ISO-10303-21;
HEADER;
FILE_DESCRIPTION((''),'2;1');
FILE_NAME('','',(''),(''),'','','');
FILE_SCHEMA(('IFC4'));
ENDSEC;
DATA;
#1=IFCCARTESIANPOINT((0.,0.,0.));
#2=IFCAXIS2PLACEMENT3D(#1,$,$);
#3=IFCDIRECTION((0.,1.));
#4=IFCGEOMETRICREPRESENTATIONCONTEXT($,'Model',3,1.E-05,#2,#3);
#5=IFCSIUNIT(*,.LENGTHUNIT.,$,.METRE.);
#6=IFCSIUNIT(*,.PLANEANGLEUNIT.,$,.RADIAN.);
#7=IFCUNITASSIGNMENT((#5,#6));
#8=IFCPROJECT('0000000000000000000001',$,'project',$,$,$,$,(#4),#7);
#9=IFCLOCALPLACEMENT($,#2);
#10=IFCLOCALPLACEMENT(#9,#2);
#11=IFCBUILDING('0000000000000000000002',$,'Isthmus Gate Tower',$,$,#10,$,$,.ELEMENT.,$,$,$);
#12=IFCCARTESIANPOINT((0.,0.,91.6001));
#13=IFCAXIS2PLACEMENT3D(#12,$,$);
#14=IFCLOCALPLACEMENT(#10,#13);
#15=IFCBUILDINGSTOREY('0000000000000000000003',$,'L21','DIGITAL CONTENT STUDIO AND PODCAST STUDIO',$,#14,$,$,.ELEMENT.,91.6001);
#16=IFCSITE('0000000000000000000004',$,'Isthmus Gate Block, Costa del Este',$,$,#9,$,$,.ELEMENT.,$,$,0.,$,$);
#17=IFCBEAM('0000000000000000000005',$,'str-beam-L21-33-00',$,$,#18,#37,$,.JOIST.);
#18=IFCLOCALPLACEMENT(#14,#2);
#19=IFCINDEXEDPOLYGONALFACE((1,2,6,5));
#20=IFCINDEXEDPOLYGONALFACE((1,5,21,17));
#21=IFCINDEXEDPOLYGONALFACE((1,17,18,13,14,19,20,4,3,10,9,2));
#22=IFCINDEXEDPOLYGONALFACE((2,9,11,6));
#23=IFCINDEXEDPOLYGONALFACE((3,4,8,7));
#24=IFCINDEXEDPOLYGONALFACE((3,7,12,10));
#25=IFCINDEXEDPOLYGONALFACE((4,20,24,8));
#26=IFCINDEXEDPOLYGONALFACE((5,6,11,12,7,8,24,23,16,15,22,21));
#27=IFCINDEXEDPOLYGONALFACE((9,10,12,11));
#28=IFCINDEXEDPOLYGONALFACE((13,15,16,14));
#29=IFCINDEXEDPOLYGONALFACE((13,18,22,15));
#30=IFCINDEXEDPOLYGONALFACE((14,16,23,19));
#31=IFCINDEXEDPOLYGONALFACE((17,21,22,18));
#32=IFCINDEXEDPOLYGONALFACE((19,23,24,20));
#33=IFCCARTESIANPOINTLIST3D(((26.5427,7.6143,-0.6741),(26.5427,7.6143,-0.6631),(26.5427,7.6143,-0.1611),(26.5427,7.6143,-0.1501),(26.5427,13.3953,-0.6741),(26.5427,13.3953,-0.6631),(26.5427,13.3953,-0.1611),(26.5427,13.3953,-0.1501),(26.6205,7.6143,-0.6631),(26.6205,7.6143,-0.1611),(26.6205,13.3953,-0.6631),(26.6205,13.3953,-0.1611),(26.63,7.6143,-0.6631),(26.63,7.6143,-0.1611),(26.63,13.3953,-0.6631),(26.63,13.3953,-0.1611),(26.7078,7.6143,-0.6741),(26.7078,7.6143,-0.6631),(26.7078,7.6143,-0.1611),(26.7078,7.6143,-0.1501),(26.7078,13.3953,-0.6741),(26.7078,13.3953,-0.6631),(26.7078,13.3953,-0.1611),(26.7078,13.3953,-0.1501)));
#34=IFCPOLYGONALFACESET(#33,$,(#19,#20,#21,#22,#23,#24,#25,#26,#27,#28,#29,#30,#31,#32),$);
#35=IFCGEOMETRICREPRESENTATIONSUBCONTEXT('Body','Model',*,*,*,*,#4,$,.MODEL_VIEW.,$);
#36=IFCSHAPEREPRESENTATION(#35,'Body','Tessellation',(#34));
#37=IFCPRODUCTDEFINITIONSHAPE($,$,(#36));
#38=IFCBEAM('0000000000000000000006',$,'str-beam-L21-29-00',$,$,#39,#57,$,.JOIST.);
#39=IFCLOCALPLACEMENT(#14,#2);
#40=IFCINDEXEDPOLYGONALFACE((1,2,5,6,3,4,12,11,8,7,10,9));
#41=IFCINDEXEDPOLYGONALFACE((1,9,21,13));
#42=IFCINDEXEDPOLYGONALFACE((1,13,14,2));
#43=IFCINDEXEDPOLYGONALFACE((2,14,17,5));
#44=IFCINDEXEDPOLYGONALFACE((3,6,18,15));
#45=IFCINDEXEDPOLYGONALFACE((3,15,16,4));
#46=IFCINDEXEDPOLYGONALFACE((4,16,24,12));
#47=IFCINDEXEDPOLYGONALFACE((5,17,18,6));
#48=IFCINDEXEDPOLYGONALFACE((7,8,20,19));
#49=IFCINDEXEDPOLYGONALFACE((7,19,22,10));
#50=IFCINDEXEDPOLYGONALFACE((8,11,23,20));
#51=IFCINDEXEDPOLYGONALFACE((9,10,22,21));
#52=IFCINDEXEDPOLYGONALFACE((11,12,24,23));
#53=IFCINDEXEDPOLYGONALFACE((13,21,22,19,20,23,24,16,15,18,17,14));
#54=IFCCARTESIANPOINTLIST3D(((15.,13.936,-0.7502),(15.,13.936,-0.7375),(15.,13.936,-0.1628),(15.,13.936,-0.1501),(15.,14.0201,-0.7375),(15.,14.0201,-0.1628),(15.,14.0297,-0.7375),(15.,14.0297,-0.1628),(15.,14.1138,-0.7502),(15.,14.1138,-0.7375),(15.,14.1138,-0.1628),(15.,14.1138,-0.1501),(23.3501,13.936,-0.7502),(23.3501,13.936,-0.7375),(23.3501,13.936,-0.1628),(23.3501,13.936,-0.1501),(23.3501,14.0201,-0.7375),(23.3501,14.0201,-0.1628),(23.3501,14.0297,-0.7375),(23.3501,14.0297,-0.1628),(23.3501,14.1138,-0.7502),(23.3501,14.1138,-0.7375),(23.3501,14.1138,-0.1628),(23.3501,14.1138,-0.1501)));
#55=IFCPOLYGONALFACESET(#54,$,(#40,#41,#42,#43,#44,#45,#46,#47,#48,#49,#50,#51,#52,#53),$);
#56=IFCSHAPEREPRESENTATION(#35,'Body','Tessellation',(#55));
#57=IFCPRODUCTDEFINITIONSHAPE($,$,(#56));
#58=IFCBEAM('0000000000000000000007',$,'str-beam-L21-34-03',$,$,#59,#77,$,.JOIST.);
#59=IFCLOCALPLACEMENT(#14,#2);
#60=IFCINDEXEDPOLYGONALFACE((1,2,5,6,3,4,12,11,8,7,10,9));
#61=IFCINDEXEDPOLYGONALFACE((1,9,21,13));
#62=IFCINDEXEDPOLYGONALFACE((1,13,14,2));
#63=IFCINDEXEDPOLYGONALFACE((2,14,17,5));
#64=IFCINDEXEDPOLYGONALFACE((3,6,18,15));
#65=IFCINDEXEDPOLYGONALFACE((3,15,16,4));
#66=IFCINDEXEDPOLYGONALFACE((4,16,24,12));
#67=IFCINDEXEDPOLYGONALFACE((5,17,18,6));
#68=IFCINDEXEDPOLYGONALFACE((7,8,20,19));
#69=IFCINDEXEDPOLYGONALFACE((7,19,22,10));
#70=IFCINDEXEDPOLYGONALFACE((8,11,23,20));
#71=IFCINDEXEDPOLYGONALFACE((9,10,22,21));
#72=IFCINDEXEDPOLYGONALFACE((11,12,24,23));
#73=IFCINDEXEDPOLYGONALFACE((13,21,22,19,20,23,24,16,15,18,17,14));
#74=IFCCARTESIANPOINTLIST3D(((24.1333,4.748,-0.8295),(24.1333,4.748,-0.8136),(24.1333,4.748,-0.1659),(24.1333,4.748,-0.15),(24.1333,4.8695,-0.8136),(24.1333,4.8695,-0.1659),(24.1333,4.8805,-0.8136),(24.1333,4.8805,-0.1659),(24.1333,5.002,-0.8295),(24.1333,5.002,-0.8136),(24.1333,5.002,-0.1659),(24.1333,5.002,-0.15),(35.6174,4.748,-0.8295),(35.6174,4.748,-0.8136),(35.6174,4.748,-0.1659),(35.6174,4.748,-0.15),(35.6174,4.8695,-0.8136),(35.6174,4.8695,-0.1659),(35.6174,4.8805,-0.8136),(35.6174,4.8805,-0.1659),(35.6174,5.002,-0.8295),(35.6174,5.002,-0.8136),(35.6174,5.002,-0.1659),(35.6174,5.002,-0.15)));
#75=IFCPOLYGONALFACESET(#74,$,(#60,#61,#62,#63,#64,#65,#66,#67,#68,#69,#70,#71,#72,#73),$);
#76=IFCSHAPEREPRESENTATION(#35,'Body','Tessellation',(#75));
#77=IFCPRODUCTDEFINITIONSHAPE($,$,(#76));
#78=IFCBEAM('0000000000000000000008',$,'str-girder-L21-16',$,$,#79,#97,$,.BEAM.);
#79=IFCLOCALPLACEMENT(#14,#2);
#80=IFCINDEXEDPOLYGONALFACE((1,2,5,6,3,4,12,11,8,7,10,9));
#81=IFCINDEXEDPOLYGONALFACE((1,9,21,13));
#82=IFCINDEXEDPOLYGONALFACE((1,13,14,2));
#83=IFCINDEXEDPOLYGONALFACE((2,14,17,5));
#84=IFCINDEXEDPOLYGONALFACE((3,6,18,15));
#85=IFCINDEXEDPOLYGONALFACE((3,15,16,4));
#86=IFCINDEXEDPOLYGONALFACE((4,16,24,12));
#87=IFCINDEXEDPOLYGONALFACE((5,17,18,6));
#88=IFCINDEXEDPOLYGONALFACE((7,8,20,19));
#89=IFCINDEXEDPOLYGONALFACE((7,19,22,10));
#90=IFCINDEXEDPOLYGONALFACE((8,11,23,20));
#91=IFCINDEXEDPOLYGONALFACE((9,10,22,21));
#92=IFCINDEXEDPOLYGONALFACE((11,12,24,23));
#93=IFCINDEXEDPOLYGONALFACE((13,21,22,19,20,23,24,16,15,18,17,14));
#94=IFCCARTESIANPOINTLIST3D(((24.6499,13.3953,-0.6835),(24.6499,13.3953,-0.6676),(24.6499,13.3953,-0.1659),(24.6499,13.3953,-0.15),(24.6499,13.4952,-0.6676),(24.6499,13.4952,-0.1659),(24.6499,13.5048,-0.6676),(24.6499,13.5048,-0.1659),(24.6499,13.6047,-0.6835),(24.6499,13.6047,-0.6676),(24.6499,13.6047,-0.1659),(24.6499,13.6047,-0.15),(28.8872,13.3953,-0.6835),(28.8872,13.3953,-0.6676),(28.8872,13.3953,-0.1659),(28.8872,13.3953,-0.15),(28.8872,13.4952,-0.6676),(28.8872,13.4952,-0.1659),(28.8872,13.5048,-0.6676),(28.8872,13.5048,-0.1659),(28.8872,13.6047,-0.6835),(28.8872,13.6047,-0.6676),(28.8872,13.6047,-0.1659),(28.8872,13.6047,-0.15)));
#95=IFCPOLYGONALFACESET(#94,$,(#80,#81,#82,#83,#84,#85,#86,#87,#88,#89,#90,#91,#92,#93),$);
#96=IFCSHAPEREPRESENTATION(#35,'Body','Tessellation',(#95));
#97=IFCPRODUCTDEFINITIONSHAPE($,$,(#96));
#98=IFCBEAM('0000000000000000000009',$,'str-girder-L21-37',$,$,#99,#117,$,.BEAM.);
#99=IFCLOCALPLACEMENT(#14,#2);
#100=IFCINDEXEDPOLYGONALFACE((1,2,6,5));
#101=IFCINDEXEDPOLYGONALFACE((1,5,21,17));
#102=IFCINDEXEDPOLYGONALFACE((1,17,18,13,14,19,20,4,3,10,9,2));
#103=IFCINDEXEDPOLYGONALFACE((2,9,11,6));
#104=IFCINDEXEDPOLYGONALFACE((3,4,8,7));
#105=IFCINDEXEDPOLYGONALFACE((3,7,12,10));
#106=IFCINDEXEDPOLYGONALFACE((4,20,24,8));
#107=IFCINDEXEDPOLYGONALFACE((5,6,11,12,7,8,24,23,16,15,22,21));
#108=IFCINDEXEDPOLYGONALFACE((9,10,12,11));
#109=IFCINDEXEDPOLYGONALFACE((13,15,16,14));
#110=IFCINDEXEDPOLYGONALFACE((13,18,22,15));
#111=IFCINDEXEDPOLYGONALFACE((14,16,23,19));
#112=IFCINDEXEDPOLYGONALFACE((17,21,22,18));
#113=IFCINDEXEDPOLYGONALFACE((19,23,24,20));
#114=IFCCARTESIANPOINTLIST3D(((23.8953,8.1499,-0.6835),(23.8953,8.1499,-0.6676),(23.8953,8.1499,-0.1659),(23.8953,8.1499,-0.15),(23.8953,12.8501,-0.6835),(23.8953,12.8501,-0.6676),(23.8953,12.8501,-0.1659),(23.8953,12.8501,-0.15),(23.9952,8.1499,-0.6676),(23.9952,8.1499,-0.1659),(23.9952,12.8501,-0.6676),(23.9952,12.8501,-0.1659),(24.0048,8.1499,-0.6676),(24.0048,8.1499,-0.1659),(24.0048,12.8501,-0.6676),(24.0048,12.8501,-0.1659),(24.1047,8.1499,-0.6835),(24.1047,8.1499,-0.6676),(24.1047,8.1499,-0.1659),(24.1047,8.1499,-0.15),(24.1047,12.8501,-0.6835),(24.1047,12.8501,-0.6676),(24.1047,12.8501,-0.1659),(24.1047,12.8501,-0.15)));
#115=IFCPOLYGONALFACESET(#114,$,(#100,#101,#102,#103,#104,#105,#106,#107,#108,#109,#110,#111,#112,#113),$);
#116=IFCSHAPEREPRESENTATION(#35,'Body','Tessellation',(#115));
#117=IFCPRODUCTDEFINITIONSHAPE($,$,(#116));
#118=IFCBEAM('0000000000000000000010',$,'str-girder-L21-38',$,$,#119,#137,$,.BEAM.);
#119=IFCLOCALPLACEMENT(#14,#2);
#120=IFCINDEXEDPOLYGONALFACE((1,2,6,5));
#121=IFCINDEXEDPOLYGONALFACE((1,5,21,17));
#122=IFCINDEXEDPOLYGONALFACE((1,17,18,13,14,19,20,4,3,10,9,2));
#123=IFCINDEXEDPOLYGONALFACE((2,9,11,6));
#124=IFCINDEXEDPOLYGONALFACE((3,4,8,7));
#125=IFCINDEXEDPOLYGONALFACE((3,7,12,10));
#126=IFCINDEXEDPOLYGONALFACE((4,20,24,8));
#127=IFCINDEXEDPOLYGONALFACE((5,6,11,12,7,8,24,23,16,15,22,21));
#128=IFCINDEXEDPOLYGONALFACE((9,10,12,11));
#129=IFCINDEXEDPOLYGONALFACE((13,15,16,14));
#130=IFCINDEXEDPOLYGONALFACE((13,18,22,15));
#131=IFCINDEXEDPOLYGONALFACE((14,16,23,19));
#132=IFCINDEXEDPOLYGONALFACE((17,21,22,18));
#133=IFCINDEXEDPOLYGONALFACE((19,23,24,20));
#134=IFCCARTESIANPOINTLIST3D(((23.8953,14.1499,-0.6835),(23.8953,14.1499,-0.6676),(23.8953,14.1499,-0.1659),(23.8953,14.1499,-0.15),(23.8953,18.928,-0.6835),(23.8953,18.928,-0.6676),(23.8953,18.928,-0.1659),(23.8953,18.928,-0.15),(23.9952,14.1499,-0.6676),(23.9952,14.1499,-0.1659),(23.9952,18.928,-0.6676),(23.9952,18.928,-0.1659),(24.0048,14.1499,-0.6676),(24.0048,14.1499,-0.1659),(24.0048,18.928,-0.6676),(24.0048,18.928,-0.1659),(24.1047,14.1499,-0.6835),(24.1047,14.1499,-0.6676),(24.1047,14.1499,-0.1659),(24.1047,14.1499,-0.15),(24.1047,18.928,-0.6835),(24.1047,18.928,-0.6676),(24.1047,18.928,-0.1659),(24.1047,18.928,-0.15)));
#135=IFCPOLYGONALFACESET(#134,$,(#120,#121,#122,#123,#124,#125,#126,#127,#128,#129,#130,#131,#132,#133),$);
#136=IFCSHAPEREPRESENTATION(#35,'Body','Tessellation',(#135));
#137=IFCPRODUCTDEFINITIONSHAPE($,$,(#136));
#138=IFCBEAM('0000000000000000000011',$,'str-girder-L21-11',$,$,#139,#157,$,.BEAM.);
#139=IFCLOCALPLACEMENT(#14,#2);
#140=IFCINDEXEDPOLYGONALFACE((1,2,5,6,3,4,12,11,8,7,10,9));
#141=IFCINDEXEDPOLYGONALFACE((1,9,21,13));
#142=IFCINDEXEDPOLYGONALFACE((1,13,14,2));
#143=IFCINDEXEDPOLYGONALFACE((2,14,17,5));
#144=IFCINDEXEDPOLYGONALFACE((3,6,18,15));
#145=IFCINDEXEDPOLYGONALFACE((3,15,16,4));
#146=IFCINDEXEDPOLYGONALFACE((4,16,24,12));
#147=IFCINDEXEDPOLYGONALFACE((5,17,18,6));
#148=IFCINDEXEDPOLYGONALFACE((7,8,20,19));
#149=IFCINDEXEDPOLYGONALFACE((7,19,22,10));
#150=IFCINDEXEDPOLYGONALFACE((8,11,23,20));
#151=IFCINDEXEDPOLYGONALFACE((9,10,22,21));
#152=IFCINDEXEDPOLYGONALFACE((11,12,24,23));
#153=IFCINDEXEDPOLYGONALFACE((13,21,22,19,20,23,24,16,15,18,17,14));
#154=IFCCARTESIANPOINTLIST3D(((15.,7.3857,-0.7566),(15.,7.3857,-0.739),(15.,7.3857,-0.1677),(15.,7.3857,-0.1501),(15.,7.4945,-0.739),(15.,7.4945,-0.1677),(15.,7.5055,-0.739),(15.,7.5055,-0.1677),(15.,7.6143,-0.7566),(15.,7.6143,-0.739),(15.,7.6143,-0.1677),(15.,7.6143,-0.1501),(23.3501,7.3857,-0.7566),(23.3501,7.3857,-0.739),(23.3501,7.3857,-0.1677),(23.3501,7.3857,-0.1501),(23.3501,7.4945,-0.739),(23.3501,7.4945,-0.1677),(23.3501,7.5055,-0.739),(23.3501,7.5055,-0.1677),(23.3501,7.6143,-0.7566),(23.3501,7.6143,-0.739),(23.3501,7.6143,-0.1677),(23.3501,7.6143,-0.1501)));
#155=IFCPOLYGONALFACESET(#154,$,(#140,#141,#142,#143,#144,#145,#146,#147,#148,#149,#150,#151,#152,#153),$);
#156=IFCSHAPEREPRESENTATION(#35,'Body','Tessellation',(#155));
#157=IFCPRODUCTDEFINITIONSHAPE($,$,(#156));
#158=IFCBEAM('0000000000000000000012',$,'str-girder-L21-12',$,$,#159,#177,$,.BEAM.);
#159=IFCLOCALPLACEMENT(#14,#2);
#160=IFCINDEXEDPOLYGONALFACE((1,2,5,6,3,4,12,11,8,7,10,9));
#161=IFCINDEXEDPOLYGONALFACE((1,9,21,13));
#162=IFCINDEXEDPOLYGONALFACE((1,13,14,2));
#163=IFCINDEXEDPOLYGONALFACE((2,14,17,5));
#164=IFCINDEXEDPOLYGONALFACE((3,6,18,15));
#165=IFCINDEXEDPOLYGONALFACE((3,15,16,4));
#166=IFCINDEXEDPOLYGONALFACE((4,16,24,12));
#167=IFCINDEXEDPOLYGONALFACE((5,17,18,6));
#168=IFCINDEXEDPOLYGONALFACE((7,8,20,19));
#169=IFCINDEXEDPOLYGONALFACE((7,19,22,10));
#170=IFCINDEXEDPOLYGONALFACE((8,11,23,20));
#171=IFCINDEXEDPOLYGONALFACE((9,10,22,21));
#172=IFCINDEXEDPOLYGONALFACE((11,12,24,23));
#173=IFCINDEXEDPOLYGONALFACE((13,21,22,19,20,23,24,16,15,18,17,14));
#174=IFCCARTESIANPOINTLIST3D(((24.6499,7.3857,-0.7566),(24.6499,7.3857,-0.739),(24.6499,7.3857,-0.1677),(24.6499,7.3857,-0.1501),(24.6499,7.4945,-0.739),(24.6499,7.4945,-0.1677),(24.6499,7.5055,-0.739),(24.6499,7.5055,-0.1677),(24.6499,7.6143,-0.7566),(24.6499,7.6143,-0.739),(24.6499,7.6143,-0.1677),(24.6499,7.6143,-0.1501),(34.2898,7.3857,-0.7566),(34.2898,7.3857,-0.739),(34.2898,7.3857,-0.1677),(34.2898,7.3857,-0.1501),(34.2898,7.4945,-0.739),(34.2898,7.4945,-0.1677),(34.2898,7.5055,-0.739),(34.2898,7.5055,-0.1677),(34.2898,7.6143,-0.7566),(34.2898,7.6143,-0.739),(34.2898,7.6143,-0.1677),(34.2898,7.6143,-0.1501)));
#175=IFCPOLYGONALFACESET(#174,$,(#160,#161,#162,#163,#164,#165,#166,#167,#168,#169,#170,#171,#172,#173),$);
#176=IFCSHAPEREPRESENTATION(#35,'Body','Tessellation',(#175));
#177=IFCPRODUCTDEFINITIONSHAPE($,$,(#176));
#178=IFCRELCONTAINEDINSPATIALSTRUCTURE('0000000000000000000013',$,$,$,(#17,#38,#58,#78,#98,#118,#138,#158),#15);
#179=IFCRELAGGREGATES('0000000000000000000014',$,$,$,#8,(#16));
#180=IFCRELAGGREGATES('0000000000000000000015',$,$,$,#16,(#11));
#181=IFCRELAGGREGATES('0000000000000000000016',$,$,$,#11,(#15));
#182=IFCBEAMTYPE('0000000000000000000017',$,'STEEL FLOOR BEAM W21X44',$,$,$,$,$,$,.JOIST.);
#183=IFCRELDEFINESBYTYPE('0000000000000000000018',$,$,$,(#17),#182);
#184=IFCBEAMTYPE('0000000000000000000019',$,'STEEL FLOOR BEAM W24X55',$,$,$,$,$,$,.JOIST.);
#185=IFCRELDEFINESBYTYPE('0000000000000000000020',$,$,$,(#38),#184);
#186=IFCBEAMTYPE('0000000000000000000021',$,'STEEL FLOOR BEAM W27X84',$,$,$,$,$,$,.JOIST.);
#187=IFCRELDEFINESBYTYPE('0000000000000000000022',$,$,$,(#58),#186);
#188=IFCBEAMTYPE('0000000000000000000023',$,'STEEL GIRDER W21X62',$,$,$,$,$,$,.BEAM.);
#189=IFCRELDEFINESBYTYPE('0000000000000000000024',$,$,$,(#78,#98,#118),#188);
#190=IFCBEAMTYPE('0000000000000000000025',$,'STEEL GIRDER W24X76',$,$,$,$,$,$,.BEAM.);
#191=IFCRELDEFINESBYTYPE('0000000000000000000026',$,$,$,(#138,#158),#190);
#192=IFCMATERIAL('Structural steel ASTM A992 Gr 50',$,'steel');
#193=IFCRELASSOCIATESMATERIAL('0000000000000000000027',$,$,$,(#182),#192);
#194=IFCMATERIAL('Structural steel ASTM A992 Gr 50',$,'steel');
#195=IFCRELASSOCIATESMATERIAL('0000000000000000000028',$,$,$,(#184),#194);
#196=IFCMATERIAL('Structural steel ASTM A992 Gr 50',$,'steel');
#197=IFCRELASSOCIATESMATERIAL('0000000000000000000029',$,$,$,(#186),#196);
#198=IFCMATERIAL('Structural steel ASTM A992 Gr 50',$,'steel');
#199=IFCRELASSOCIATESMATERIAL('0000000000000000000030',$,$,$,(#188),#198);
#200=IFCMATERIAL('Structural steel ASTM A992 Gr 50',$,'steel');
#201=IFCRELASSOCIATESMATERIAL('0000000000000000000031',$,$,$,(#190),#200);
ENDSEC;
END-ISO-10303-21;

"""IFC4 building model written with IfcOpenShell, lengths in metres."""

from ifc_helpers import new_model, si_unit, direction, frame, origin, origin_2d, place, context, subcontext, project, spatial, i_section, extrude, material, material_profile, profile_set, type_object, element, save


model = new_model("IFC4")

# Units and contexts
model_context = context("Model", 3, precision=1e-05, world=origin(), true_north=direction((0.0, 1.0)))
body_context = subcontext(model_context, "Body", "Model", "MODEL_VIEW")
ifc_project = project(units=[si_unit("LENGTHUNIT", "METRE"), si_unit("PLANEANGLEUNIT", "RADIAN")], contexts=[model_context])

# Site, building, storey
site_placement = place(None, origin())
site = spatial("IfcSite", under=ifc_project, at=site_placement, Name="Isthmus Gate Block, Costa del Este", CompositionType="ELEMENT", RefElevation=0.0)
building_placement = place(site_placement, origin())
building = spatial("IfcBuilding", under=site, at=building_placement, Name="Isthmus Gate Tower", CompositionType="ELEMENT")
storey_placement = place(building_placement, frame((0.0, 0.0, 91.6001)))
storey = spatial("IfcBuildingStorey", under=building, at=storey_placement, Name="L21", Description="DIGITAL CONTENT STUDIO AND PODCAST STUDIO", CompositionType="ELEMENT", Elevation=91.6001)

# Beams
ifc_material_1 = material(Name="Structural steel ASTM A992 Gr 50", Category="steel")
ifc_material_profile_1 = material_profile(ifc_material_1, i_section(OverallWidth=0.165, OverallDepth=0.5239, WebThickness=0.0095, FlangeThickness=0.011, at=origin_2d()), Name="W21X44")
ifc_profile_set_1 = profile_set([ifc_material_profile_1], Name="Structural steel ASTM A992 Gr 50")
beam_type_1 = type_object("IfcBeamType", Name="STEEL FLOOR BEAM W21X44", PredefinedType="JOIST", material=ifc_profile_set_1)
beam_1_placement = place(storey_placement, frame((26.6252, 7.6143, -0.4121), z_axis=(0.0, 1.0, 0.0), x_axis=(-1.0, 0.0, 0.0)))
element("IfcBeam", 1, at=beam_1_placement, inside=storey, type_object=beam_type_1, Name="str-beam-L21-33-00", PredefinedType="JOIST", context=body_context, shape_type="SweptSolid", body=[
    extrude(i_section(OverallWidth=0.165, OverallDepth=0.5239, WebThickness=0.0095, FlangeThickness=0.011, at=origin_2d()), origin(), (0.0, 0.0, 1.0), 5.781),
])
ifc_material_2 = material(Name="Structural steel ASTM A992 Gr 50", Category="steel")
ifc_material_profile_2 = material_profile(ifc_material_2, i_section(OverallWidth=0.1777, OverallDepth=0.6001, WebThickness=0.0095, FlangeThickness=0.0127, at=origin_2d()), Name="W24X55")
ifc_profile_set_2 = profile_set([ifc_material_profile_2], Name="Structural steel ASTM A992 Gr 50")
beam_type_2 = type_object("IfcBeamType", Name="STEEL FLOOR BEAM W24X55", PredefinedType="JOIST", material=ifc_profile_set_2)
beam_2_placement = place(storey_placement, frame((15.0, 14.0249, -0.4502), z_axis=(1.0, 0.0, 0.0), x_axis=(0.0, 1.0, 0.0)))
element("IfcBeam", 2, at=beam_2_placement, inside=storey, type_object=beam_type_2, Name="str-beam-L21-29-00", PredefinedType="JOIST", context=body_context, shape_type="SweptSolid", body=[
    extrude(i_section(OverallWidth=0.1777, OverallDepth=0.6001, WebThickness=0.0095, FlangeThickness=0.0127, at=origin_2d()), origin(), (0.0, 0.0, 1.0), 8.3501),
])
ifc_material_3 = material(Name="Structural steel ASTM A992 Gr 50", Category="steel")
ifc_material_profile_3 = material_profile(ifc_material_3, i_section(OverallWidth=0.2539, OverallDepth=0.6794, WebThickness=0.011, FlangeThickness=0.0159, at=origin_2d()), Name="W27X84")
ifc_profile_set_3 = profile_set([ifc_material_profile_3], Name="Structural steel ASTM A992 Gr 50")
beam_type_3 = type_object("IfcBeamType", Name="STEEL FLOOR BEAM W27X84", PredefinedType="JOIST", material=ifc_profile_set_3)
beam_3_placement = place(storey_placement, frame((24.1333, 4.875, -0.4897), z_axis=(1.0, 0.0, 0.0), x_axis=(0.0, 1.0, 0.0)))
element("IfcBeam", 3, at=beam_3_placement, inside=storey, type_object=beam_type_3, Name="str-beam-L21-34-03", PredefinedType="JOIST", context=body_context, shape_type="SweptSolid", body=[
    extrude(i_section(OverallWidth=0.2539, OverallDepth=0.6794, WebThickness=0.011, FlangeThickness=0.0159, at=origin_2d()), origin(), (0.0, 0.0, 1.0), 11.4841),
])
ifc_material_4 = material(Name="Structural steel ASTM A992 Gr 50", Category="steel")
ifc_material_profile_4 = material_profile(ifc_material_4, i_section(OverallWidth=0.2095, OverallDepth=0.5334, WebThickness=0.0095, FlangeThickness=0.0159, at=origin_2d()), Name="W21X62")
ifc_profile_set_4 = profile_set([ifc_material_profile_4], Name="Structural steel ASTM A992 Gr 50")
beam_type_4 = type_object("IfcBeamType", Name="STEEL GIRDER W21X62", PredefinedType="BEAM", material=ifc_profile_set_4)
beam_4_placement = place(storey_placement, frame((24.6499, 13.5, -0.4167), z_axis=(1.0, 0.0, 0.0), x_axis=(0.0, 1.0, 0.0)))
element("IfcBeam", 4, at=beam_4_placement, inside=storey, type_object=beam_type_4, Name="str-girder-L21-16", PredefinedType="BEAM", context=body_context, shape_type="SweptSolid", body=[
    extrude(i_section(OverallWidth=0.2095, OverallDepth=0.5334, WebThickness=0.0095, FlangeThickness=0.0159, at=origin_2d()), origin(), (0.0, 0.0, 1.0), 4.2373),
])
beam_5_placement = place(storey_placement, frame((24.0, 8.1499, -0.4167), z_axis=(0.0, 1.0, 0.0), x_axis=(-1.0, 0.0, 0.0)))
element("IfcBeam", 5, at=beam_5_placement, inside=storey, type_object=beam_type_4, Name="str-girder-L21-37", PredefinedType="BEAM", context=body_context, shape_type="SweptSolid", body=[
    extrude(i_section(OverallWidth=0.2095, OverallDepth=0.5334, WebThickness=0.0095, FlangeThickness=0.0159, at=origin_2d()), origin(), (0.0, 0.0, 1.0), 4.7002),
])
beam_6_placement = place(storey_placement, frame((24.0, 14.1499, -0.4167), z_axis=(0.0, 1.0, 0.0), x_axis=(-1.0, 0.0, 0.0)))
element("IfcBeam", 6, at=beam_6_placement, inside=storey, type_object=beam_type_4, Name="str-girder-L21-38", PredefinedType="BEAM", context=body_context, shape_type="SweptSolid", body=[
    extrude(i_section(OverallWidth=0.2095, OverallDepth=0.5334, WebThickness=0.0095, FlangeThickness=0.0159, at=origin_2d()), origin(), (0.0, 0.0, 1.0), 4.7781),
])
ifc_material_5 = material(Name="Structural steel ASTM A992 Gr 50", Category="steel")
ifc_material_profile_5 = material_profile(ifc_material_5, i_section(OverallWidth=0.2285, OverallDepth=0.6064, WebThickness=0.011, FlangeThickness=0.0176, at=origin_2d()), Name="W24X76")
ifc_profile_set_5 = profile_set([ifc_material_profile_5], Name="Structural steel ASTM A992 Gr 50")
beam_type_5 = type_object("IfcBeamType", Name="STEEL GIRDER W24X76", PredefinedType="BEAM", material=ifc_profile_set_5)
beam_7_placement = place(storey_placement, frame((15.0, 7.5, -0.4534), z_axis=(1.0, 0.0, 0.0), x_axis=(0.0, 1.0, 0.0)))
element("IfcBeam", 7, at=beam_7_placement, inside=storey, type_object=beam_type_5, Name="str-girder-L21-11", PredefinedType="BEAM", context=body_context, shape_type="SweptSolid", body=[
    extrude(i_section(OverallWidth=0.2285, OverallDepth=0.6064, WebThickness=0.011, FlangeThickness=0.0176, at=origin_2d()), origin(), (0.0, 0.0, 1.0), 8.3501),
])
beam_8_placement = place(storey_placement, frame((24.6499, 7.5, -0.4534), z_axis=(1.0, 0.0, 0.0), x_axis=(0.0, 1.0, 0.0)))
element("IfcBeam", 8, at=beam_8_placement, inside=storey, type_object=beam_type_5, Name="str-girder-L21-12", PredefinedType="BEAM", context=body_context, shape_type="SweptSolid", body=[
    extrude(i_section(OverallWidth=0.2285, OverallDepth=0.6064, WebThickness=0.011, FlangeThickness=0.0176, at=origin_2d()), origin(), (0.0, 0.0, 1.0), 9.6399),
])

save(model, "model.ifc")
